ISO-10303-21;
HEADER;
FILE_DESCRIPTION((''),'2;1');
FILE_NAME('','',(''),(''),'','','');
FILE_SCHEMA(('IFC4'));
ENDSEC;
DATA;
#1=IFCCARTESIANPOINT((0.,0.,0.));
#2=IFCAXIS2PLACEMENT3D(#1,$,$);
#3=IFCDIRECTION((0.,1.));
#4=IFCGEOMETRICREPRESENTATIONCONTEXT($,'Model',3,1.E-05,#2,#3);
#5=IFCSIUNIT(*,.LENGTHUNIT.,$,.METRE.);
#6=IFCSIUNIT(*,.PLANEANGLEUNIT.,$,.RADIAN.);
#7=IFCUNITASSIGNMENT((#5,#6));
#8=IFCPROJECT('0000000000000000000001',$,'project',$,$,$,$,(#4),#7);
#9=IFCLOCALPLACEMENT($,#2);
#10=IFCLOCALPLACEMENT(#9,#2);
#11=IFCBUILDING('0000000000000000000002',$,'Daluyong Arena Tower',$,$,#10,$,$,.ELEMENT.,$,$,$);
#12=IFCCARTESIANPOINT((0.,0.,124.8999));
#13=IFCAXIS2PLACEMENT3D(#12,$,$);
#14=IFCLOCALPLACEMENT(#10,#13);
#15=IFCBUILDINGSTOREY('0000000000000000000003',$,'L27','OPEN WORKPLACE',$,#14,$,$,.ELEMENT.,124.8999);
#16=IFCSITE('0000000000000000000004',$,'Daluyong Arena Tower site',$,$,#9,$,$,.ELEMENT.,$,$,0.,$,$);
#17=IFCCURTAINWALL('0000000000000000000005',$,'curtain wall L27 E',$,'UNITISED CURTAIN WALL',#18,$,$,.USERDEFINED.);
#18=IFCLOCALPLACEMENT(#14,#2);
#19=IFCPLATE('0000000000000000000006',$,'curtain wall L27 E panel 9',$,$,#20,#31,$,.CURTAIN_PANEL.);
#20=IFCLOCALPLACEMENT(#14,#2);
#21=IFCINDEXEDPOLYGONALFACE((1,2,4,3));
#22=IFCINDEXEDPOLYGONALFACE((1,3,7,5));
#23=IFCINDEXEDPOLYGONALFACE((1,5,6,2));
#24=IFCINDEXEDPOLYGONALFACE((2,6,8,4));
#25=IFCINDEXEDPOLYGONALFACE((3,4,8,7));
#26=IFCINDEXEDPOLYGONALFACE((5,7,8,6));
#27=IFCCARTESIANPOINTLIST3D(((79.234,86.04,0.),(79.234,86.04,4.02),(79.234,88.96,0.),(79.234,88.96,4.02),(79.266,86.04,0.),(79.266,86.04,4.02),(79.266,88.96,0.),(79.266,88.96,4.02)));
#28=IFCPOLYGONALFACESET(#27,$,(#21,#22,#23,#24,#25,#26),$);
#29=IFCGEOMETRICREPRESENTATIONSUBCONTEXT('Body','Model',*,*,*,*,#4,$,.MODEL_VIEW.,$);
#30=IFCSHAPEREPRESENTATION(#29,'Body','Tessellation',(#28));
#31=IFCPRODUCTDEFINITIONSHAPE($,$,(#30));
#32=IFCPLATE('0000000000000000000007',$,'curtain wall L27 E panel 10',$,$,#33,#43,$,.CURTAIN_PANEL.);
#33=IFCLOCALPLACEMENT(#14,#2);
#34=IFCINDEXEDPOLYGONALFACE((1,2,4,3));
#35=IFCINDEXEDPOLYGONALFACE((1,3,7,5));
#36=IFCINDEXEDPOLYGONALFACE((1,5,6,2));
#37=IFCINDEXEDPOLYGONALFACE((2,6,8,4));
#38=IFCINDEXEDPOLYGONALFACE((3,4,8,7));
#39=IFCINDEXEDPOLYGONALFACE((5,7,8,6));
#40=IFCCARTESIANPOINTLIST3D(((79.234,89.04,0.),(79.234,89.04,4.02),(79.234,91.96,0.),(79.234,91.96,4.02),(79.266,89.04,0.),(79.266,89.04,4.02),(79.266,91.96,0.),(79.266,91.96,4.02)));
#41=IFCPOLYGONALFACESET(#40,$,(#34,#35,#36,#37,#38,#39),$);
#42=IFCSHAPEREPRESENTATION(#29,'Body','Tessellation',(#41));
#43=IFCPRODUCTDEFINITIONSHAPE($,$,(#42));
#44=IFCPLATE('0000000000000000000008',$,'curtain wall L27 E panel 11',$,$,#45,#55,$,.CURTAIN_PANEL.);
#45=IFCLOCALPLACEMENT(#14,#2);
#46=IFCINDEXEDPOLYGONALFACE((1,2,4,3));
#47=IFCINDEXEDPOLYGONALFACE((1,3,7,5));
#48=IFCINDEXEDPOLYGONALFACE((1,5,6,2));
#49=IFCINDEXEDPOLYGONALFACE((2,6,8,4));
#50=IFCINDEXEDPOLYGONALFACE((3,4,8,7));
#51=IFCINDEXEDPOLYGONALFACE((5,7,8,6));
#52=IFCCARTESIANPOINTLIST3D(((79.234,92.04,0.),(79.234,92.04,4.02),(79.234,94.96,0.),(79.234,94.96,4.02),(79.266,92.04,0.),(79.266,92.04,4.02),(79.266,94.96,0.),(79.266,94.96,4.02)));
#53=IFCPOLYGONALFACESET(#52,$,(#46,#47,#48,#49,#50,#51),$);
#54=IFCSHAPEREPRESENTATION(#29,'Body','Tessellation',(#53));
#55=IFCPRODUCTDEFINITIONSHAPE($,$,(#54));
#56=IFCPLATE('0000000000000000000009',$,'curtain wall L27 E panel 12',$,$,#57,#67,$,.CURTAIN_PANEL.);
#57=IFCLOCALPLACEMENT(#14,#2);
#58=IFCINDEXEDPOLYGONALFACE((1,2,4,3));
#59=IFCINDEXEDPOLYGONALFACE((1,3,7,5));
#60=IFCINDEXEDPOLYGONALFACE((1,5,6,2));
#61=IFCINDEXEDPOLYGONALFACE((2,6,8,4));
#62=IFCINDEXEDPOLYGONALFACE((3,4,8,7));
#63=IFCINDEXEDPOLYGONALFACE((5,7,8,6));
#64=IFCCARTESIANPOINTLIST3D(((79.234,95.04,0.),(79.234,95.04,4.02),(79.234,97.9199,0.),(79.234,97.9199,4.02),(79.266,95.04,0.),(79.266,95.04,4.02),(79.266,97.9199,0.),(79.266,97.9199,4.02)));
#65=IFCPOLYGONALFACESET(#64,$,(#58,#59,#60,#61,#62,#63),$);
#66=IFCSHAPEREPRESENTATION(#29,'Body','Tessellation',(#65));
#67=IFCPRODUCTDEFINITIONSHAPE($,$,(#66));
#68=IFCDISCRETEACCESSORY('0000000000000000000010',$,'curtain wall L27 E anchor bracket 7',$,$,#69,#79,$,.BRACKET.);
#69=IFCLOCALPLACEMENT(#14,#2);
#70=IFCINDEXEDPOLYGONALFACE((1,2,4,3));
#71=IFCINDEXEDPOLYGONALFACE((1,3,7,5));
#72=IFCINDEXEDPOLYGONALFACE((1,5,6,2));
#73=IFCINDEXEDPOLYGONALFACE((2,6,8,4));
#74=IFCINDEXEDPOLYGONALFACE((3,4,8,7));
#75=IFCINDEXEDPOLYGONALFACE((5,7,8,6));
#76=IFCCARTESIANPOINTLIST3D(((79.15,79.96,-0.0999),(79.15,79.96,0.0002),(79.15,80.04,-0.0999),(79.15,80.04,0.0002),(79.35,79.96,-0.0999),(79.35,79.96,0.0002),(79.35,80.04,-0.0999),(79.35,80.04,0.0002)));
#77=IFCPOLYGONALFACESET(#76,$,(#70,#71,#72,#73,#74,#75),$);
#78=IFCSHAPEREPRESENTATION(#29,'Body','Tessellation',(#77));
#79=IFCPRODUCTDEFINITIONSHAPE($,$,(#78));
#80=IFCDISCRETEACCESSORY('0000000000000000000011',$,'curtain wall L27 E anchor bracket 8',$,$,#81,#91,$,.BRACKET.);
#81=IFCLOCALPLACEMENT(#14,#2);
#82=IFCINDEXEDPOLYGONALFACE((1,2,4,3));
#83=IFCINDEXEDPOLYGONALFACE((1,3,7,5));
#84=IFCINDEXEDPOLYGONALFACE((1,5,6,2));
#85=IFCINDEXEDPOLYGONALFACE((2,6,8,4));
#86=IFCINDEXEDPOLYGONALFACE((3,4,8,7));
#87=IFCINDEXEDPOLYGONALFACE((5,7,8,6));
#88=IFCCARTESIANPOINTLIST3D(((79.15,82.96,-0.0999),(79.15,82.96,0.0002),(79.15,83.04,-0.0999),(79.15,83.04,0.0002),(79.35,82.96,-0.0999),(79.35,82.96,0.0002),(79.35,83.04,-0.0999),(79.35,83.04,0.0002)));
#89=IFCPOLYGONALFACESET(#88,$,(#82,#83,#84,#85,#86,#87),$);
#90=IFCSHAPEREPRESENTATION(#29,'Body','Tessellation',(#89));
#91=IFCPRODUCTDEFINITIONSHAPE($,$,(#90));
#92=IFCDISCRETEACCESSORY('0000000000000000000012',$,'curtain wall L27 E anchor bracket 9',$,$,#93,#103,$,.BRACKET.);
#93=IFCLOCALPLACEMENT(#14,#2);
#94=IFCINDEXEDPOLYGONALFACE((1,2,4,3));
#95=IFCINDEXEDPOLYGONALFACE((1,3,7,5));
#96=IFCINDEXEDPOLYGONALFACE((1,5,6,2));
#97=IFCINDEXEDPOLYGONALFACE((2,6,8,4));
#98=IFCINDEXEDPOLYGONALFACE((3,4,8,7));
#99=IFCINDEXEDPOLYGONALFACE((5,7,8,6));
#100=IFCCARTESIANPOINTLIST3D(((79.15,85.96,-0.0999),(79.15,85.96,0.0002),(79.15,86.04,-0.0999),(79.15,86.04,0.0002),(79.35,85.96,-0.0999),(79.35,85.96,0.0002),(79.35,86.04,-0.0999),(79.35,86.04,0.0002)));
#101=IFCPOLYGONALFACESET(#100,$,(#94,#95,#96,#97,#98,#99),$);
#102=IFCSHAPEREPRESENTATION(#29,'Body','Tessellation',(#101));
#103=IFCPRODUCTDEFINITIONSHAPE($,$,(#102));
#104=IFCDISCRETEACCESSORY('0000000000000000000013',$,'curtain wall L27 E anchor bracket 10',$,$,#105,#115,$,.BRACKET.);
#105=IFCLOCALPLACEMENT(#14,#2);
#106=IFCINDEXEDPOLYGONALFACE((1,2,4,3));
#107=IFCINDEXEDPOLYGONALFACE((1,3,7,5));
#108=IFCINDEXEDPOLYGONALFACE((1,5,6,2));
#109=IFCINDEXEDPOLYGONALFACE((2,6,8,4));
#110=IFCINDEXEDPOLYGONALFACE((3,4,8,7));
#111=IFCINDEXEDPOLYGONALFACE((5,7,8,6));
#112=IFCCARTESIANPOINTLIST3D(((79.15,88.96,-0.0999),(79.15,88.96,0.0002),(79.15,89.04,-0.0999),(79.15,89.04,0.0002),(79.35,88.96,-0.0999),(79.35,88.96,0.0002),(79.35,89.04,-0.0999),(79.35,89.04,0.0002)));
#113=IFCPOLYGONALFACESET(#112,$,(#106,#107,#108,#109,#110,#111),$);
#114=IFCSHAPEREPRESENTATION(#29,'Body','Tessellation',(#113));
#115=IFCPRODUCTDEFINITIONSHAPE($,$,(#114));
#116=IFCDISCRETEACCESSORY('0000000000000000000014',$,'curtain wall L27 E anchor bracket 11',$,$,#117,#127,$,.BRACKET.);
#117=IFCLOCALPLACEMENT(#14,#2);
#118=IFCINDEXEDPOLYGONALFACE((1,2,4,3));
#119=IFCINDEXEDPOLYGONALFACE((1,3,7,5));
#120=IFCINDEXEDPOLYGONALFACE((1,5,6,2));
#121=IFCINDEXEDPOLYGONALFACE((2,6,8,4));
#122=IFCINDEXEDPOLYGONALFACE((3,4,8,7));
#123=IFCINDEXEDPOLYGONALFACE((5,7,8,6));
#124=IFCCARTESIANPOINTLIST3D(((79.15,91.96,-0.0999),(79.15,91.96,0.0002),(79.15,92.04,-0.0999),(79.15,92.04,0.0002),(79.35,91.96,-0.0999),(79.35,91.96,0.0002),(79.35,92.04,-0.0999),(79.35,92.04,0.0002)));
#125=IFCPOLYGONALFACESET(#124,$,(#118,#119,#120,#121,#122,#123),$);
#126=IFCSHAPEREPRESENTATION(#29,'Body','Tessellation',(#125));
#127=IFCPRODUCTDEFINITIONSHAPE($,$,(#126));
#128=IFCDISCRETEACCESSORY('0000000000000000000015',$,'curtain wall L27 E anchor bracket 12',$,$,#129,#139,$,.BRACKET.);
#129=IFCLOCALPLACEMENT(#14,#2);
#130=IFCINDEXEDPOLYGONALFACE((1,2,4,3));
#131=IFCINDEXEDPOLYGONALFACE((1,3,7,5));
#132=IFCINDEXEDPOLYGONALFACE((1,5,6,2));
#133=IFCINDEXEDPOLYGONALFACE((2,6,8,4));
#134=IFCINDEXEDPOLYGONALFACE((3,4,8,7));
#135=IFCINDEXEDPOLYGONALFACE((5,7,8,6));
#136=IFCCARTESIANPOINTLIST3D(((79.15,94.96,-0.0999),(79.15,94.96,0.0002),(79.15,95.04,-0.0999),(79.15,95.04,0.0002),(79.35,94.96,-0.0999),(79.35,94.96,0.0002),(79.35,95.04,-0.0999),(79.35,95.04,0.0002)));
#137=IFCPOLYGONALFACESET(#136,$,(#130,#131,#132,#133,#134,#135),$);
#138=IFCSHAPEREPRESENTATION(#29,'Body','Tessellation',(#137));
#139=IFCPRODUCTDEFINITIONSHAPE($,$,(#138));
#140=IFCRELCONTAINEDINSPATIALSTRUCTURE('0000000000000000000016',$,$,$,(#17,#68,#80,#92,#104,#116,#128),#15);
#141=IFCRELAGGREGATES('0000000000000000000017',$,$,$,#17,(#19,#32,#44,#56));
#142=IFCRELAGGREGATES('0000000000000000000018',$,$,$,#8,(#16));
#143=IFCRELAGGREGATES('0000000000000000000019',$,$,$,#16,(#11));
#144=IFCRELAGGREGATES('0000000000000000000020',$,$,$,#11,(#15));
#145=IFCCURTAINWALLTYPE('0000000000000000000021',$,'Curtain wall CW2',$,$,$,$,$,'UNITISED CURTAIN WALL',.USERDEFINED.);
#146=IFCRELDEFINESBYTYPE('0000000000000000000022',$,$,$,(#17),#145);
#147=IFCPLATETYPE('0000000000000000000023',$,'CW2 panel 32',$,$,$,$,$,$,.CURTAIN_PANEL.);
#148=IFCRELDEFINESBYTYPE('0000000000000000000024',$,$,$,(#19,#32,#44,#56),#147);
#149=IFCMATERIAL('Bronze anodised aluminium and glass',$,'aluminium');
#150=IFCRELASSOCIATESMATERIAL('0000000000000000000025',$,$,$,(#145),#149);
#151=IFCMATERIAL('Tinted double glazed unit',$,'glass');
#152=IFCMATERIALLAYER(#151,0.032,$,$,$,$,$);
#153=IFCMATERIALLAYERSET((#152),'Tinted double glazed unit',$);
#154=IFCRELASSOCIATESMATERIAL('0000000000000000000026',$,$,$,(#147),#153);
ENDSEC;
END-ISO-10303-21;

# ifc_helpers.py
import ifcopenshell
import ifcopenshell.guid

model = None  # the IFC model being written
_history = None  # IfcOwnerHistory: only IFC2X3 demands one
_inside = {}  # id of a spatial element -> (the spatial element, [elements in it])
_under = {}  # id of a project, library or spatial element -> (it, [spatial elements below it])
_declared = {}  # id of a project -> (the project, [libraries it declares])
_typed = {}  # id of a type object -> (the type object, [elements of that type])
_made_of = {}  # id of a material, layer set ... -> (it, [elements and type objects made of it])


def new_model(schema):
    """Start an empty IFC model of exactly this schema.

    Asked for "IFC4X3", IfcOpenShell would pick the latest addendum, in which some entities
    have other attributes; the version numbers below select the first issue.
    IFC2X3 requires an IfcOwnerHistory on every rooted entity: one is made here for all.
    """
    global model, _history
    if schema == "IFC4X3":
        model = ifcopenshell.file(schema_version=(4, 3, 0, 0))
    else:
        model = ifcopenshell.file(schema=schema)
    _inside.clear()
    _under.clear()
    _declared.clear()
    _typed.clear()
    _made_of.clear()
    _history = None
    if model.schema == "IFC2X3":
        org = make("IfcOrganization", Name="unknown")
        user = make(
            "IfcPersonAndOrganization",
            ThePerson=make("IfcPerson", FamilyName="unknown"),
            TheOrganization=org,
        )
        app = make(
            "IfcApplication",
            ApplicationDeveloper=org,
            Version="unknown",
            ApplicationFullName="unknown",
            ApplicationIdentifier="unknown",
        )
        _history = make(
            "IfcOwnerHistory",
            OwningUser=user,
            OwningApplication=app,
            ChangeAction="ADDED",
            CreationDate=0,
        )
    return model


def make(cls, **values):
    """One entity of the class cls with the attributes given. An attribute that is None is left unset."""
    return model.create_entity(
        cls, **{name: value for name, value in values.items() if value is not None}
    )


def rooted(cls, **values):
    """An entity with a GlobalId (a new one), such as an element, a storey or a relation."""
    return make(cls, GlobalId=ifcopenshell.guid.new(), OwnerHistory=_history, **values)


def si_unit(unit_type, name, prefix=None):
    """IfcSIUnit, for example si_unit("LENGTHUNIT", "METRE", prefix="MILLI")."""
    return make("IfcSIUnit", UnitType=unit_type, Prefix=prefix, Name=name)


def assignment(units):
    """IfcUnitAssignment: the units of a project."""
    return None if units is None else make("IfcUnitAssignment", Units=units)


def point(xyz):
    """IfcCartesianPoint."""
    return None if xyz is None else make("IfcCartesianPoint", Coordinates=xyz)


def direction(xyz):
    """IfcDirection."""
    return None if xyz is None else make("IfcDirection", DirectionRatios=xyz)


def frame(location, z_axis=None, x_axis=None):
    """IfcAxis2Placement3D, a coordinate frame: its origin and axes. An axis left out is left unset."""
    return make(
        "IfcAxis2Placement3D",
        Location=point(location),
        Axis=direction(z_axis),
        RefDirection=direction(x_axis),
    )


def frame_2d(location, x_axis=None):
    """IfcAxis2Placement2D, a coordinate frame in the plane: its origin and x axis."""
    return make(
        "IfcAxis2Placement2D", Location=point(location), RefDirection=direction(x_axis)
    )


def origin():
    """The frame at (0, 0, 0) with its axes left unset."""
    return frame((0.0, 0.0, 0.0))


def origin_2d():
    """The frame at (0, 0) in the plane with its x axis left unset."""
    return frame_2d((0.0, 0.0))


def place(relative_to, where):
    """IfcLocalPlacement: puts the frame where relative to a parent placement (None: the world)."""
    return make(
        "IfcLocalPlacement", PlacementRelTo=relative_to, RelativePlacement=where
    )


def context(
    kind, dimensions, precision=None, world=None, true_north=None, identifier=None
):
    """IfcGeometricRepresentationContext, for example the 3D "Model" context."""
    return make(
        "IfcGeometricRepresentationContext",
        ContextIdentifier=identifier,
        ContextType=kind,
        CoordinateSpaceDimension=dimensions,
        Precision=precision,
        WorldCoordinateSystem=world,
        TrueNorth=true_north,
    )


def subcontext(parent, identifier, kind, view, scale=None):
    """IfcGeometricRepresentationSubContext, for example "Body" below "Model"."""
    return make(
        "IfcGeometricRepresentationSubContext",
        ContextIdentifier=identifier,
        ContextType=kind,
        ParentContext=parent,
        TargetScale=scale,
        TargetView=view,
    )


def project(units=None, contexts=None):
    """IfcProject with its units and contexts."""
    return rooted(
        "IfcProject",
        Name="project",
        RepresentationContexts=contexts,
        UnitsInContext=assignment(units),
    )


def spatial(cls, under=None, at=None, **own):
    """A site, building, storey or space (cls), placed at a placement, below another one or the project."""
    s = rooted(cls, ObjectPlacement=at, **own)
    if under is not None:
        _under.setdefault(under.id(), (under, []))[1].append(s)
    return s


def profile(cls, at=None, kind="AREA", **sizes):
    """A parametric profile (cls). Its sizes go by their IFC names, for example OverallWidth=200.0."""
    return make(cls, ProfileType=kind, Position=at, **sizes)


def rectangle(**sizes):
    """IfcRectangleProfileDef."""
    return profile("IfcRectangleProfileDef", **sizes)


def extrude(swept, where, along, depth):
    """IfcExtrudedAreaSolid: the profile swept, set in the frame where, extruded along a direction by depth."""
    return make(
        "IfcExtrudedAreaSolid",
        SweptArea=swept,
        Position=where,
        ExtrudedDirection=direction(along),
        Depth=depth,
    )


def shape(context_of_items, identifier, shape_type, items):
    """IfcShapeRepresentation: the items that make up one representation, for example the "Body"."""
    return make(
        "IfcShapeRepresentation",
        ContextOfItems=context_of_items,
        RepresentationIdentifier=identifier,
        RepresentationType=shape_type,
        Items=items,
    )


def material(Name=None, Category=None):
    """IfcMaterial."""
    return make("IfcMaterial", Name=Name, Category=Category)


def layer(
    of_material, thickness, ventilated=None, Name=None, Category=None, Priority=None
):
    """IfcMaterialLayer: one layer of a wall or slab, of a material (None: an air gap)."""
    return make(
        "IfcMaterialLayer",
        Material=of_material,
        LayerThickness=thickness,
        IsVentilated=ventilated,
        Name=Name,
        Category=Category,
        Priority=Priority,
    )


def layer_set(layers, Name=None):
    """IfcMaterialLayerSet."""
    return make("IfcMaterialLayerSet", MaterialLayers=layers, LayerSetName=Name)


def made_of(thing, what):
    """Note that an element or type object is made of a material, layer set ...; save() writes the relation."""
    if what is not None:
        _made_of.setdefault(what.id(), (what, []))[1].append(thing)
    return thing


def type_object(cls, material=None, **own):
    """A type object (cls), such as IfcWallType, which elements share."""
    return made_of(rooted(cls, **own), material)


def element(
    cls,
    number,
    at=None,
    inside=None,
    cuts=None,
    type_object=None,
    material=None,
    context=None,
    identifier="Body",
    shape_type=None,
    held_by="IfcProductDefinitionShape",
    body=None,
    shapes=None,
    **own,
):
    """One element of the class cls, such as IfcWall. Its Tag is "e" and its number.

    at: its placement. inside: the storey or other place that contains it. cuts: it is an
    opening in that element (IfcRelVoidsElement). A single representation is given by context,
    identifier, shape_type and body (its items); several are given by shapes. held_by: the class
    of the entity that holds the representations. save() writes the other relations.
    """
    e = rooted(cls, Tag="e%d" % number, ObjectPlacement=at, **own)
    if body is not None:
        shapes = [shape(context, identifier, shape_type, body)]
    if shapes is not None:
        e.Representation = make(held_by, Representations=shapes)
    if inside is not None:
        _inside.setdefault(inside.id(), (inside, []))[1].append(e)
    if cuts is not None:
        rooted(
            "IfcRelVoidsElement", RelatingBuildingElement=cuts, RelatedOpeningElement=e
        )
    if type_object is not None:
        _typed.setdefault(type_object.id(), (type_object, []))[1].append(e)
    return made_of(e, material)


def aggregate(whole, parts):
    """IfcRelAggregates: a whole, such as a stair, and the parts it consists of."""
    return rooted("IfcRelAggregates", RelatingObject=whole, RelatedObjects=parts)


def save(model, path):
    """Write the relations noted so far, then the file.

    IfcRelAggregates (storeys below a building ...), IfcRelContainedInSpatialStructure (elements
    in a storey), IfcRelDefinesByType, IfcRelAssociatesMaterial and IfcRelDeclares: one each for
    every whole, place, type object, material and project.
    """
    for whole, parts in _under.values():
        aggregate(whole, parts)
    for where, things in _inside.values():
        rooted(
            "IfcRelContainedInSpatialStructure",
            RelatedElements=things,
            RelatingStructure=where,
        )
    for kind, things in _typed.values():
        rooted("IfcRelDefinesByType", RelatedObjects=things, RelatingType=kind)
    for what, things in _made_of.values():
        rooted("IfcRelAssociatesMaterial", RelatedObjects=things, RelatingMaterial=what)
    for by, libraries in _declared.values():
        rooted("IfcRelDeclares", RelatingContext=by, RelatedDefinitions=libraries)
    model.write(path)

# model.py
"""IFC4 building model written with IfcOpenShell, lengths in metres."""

from ifc_helpers import new_model, si_unit, direction, frame, origin, origin_2d, place, context, subcontext, project, spatial, rectangle, extrude, material, layer, layer_set, type_object, element, aggregate, save


model = new_model("IFC4")

# Units and contexts
model_context = context("Model", 3, precision=1e-05, world=origin(), true_north=direction((0.0, 1.0)))
body_context = subcontext(model_context, "Body", "Model", "MODEL_VIEW")
ifc_project = project(units=[si_unit("LENGTHUNIT", "METRE"), si_unit("PLANEANGLEUNIT", "RADIAN")], contexts=[model_context])

# Site, building, storey
site_placement = place(None, origin())
site = spatial("IfcSite", under=ifc_project, at=site_placement, Name="Daluyong Arena Tower site", CompositionType="ELEMENT", RefElevation=0.0)
building_placement = place(site_placement, origin())
building = spatial("IfcBuilding", under=site, at=building_placement, Name="Daluyong Arena Tower", CompositionType="ELEMENT")
storey_placement = place(building_placement, frame((0.0, 0.0, 124.8999)))
storey = spatial("IfcBuildingStorey", under=building, at=storey_placement, Name="L27", Description="OPEN WORKPLACE", CompositionType="ELEMENT", Elevation=124.8999)

# Curtain wall
ifc_material_1 = material(Name="Bronze anodised aluminium and glass", Category="aluminium")
curtain_wall_type = type_object("IfcCurtainWallType", Name="Curtain wall CW2", ElementType="UNITISED CURTAIN WALL", PredefinedType="USERDEFINED", material=ifc_material_1)
curtain_wall_placement = place(storey_placement, origin())
curtain_wall = element("IfcCurtainWall", 1, at=curtain_wall_placement, inside=storey, type_object=curtain_wall_type, Name="curtain wall L27 E", ObjectType="UNITISED CURTAIN WALL", PredefinedType="USERDEFINED")

# Plates
ifc_material_2 = material(Name="Tinted double glazed unit", Category="glass")
ifc_layer = layer(ifc_material_2, 0.032)
ifc_layer_set = layer_set([ifc_layer], Name="Tinted double glazed unit")
plate_type = type_object("IfcPlateType", Name="CW2 panel 32", PredefinedType="CURTAIN_PANEL", material=ifc_layer_set)
plate_1_placement = place(storey_placement, frame((79.25, 87.5, 0.0), z_axis=(0.0, 0.0, 1.0), x_axis=(0.0, 1.0, 0.0)))
plate_1 = element("IfcPlate", 2, at=plate_1_placement, type_object=plate_type, Name="curtain wall L27 E panel 9", PredefinedType="CURTAIN_PANEL", context=body_context, shape_type="SweptSolid", body=[
    extrude(rectangle(XDim=2.9199, YDim=0.032, at=origin_2d()), origin(), (0.0, 0.0, 1.0), 4.02),
])
plate_2_placement = place(storey_placement, frame((79.25, 90.5, 0.0), z_axis=(0.0, 0.0, 1.0), x_axis=(0.0, 1.0, 0.0)))
plate_2 = element("IfcPlate", 3, at=plate_2_placement, type_object=plate_type, Name="curtain wall L27 E panel 10", PredefinedType="CURTAIN_PANEL", context=body_context, shape_type="SweptSolid", body=[
    extrude(rectangle(XDim=2.9199, YDim=0.032, at=origin_2d()), origin(), (0.0, 0.0, 1.0), 4.02),
])
plate_3_placement = place(storey_placement, frame((79.25, 93.5, 0.0), z_axis=(0.0, 0.0, 1.0), x_axis=(0.0, 1.0, 0.0)))
plate_3 = element("IfcPlate", 4, at=plate_3_placement, type_object=plate_type, Name="curtain wall L27 E panel 11", PredefinedType="CURTAIN_PANEL", context=body_context, shape_type="SweptSolid", body=[
    extrude(rectangle(XDim=2.9199, YDim=0.032, at=origin_2d()), origin(), (0.0, 0.0, 1.0), 4.02),
])
plate_4_placement = place(storey_placement, frame((79.25, 96.48, 0.0), z_axis=(0.0, 0.0, 1.0), x_axis=(0.0, 1.0, 0.0)))
plate_4 = element("IfcPlate", 5, at=plate_4_placement, type_object=plate_type, Name="curtain wall L27 E panel 12", PredefinedType="CURTAIN_PANEL", context=body_context, shape_type="SweptSolid", body=[
    extrude(rectangle(XDim=2.8799, YDim=0.032, at=origin_2d()), origin(), (0.0, 0.0, 1.0), 4.02),
])
aggregate(curtain_wall, [plate_1, plate_2, plate_3, plate_4])

# Discrete accessories
for number, where, z_axis, x_axis, name in (
    (6, (79.25, 80.0, -0.0999), (0.0, 0.0, 1.0), (0.0, 1.0, 0.0), "curtain wall L27 E anchor bracket 7"),
    (7, (79.25, 83.0, -0.0999), (0.0, 0.0, 1.0), (0.0, 1.0, 0.0), "curtain wall L27 E anchor bracket 8"),
    (8, (79.25, 86.0, -0.0999), (0.0, 0.0, 1.0), (0.0, 1.0, 0.0), "curtain wall L27 E anchor bracket 9"),
    (9, (79.25, 89.0, -0.0999), (0.0, 0.0, 1.0), (0.0, 1.0, 0.0), "curtain wall L27 E anchor bracket 10"),
    (10, (79.25, 92.0, -0.0999), (0.0, 0.0, 1.0), (0.0, 1.0, 0.0), "curtain wall L27 E anchor bracket 11"),
    (11, (79.25, 95.0, -0.0999), (0.0, 0.0, 1.0), (0.0, 1.0, 0.0), "curtain wall L27 E anchor bracket 12"),
):
    element("IfcDiscreteAccessory", number, at=place(storey_placement, frame(where, z_axis=z_axis, x_axis=x_axis)), inside=storey, Name=name, PredefinedType="BRACKET", context=body_context, shape_type="SweptSolid", body=[
        extrude(rectangle(XDim=0.0801, YDim=0.2, at=origin_2d()), origin(), (0.0, 0.0, 1.0), 0.1001),
    ])

save(model, "model.ifc")
